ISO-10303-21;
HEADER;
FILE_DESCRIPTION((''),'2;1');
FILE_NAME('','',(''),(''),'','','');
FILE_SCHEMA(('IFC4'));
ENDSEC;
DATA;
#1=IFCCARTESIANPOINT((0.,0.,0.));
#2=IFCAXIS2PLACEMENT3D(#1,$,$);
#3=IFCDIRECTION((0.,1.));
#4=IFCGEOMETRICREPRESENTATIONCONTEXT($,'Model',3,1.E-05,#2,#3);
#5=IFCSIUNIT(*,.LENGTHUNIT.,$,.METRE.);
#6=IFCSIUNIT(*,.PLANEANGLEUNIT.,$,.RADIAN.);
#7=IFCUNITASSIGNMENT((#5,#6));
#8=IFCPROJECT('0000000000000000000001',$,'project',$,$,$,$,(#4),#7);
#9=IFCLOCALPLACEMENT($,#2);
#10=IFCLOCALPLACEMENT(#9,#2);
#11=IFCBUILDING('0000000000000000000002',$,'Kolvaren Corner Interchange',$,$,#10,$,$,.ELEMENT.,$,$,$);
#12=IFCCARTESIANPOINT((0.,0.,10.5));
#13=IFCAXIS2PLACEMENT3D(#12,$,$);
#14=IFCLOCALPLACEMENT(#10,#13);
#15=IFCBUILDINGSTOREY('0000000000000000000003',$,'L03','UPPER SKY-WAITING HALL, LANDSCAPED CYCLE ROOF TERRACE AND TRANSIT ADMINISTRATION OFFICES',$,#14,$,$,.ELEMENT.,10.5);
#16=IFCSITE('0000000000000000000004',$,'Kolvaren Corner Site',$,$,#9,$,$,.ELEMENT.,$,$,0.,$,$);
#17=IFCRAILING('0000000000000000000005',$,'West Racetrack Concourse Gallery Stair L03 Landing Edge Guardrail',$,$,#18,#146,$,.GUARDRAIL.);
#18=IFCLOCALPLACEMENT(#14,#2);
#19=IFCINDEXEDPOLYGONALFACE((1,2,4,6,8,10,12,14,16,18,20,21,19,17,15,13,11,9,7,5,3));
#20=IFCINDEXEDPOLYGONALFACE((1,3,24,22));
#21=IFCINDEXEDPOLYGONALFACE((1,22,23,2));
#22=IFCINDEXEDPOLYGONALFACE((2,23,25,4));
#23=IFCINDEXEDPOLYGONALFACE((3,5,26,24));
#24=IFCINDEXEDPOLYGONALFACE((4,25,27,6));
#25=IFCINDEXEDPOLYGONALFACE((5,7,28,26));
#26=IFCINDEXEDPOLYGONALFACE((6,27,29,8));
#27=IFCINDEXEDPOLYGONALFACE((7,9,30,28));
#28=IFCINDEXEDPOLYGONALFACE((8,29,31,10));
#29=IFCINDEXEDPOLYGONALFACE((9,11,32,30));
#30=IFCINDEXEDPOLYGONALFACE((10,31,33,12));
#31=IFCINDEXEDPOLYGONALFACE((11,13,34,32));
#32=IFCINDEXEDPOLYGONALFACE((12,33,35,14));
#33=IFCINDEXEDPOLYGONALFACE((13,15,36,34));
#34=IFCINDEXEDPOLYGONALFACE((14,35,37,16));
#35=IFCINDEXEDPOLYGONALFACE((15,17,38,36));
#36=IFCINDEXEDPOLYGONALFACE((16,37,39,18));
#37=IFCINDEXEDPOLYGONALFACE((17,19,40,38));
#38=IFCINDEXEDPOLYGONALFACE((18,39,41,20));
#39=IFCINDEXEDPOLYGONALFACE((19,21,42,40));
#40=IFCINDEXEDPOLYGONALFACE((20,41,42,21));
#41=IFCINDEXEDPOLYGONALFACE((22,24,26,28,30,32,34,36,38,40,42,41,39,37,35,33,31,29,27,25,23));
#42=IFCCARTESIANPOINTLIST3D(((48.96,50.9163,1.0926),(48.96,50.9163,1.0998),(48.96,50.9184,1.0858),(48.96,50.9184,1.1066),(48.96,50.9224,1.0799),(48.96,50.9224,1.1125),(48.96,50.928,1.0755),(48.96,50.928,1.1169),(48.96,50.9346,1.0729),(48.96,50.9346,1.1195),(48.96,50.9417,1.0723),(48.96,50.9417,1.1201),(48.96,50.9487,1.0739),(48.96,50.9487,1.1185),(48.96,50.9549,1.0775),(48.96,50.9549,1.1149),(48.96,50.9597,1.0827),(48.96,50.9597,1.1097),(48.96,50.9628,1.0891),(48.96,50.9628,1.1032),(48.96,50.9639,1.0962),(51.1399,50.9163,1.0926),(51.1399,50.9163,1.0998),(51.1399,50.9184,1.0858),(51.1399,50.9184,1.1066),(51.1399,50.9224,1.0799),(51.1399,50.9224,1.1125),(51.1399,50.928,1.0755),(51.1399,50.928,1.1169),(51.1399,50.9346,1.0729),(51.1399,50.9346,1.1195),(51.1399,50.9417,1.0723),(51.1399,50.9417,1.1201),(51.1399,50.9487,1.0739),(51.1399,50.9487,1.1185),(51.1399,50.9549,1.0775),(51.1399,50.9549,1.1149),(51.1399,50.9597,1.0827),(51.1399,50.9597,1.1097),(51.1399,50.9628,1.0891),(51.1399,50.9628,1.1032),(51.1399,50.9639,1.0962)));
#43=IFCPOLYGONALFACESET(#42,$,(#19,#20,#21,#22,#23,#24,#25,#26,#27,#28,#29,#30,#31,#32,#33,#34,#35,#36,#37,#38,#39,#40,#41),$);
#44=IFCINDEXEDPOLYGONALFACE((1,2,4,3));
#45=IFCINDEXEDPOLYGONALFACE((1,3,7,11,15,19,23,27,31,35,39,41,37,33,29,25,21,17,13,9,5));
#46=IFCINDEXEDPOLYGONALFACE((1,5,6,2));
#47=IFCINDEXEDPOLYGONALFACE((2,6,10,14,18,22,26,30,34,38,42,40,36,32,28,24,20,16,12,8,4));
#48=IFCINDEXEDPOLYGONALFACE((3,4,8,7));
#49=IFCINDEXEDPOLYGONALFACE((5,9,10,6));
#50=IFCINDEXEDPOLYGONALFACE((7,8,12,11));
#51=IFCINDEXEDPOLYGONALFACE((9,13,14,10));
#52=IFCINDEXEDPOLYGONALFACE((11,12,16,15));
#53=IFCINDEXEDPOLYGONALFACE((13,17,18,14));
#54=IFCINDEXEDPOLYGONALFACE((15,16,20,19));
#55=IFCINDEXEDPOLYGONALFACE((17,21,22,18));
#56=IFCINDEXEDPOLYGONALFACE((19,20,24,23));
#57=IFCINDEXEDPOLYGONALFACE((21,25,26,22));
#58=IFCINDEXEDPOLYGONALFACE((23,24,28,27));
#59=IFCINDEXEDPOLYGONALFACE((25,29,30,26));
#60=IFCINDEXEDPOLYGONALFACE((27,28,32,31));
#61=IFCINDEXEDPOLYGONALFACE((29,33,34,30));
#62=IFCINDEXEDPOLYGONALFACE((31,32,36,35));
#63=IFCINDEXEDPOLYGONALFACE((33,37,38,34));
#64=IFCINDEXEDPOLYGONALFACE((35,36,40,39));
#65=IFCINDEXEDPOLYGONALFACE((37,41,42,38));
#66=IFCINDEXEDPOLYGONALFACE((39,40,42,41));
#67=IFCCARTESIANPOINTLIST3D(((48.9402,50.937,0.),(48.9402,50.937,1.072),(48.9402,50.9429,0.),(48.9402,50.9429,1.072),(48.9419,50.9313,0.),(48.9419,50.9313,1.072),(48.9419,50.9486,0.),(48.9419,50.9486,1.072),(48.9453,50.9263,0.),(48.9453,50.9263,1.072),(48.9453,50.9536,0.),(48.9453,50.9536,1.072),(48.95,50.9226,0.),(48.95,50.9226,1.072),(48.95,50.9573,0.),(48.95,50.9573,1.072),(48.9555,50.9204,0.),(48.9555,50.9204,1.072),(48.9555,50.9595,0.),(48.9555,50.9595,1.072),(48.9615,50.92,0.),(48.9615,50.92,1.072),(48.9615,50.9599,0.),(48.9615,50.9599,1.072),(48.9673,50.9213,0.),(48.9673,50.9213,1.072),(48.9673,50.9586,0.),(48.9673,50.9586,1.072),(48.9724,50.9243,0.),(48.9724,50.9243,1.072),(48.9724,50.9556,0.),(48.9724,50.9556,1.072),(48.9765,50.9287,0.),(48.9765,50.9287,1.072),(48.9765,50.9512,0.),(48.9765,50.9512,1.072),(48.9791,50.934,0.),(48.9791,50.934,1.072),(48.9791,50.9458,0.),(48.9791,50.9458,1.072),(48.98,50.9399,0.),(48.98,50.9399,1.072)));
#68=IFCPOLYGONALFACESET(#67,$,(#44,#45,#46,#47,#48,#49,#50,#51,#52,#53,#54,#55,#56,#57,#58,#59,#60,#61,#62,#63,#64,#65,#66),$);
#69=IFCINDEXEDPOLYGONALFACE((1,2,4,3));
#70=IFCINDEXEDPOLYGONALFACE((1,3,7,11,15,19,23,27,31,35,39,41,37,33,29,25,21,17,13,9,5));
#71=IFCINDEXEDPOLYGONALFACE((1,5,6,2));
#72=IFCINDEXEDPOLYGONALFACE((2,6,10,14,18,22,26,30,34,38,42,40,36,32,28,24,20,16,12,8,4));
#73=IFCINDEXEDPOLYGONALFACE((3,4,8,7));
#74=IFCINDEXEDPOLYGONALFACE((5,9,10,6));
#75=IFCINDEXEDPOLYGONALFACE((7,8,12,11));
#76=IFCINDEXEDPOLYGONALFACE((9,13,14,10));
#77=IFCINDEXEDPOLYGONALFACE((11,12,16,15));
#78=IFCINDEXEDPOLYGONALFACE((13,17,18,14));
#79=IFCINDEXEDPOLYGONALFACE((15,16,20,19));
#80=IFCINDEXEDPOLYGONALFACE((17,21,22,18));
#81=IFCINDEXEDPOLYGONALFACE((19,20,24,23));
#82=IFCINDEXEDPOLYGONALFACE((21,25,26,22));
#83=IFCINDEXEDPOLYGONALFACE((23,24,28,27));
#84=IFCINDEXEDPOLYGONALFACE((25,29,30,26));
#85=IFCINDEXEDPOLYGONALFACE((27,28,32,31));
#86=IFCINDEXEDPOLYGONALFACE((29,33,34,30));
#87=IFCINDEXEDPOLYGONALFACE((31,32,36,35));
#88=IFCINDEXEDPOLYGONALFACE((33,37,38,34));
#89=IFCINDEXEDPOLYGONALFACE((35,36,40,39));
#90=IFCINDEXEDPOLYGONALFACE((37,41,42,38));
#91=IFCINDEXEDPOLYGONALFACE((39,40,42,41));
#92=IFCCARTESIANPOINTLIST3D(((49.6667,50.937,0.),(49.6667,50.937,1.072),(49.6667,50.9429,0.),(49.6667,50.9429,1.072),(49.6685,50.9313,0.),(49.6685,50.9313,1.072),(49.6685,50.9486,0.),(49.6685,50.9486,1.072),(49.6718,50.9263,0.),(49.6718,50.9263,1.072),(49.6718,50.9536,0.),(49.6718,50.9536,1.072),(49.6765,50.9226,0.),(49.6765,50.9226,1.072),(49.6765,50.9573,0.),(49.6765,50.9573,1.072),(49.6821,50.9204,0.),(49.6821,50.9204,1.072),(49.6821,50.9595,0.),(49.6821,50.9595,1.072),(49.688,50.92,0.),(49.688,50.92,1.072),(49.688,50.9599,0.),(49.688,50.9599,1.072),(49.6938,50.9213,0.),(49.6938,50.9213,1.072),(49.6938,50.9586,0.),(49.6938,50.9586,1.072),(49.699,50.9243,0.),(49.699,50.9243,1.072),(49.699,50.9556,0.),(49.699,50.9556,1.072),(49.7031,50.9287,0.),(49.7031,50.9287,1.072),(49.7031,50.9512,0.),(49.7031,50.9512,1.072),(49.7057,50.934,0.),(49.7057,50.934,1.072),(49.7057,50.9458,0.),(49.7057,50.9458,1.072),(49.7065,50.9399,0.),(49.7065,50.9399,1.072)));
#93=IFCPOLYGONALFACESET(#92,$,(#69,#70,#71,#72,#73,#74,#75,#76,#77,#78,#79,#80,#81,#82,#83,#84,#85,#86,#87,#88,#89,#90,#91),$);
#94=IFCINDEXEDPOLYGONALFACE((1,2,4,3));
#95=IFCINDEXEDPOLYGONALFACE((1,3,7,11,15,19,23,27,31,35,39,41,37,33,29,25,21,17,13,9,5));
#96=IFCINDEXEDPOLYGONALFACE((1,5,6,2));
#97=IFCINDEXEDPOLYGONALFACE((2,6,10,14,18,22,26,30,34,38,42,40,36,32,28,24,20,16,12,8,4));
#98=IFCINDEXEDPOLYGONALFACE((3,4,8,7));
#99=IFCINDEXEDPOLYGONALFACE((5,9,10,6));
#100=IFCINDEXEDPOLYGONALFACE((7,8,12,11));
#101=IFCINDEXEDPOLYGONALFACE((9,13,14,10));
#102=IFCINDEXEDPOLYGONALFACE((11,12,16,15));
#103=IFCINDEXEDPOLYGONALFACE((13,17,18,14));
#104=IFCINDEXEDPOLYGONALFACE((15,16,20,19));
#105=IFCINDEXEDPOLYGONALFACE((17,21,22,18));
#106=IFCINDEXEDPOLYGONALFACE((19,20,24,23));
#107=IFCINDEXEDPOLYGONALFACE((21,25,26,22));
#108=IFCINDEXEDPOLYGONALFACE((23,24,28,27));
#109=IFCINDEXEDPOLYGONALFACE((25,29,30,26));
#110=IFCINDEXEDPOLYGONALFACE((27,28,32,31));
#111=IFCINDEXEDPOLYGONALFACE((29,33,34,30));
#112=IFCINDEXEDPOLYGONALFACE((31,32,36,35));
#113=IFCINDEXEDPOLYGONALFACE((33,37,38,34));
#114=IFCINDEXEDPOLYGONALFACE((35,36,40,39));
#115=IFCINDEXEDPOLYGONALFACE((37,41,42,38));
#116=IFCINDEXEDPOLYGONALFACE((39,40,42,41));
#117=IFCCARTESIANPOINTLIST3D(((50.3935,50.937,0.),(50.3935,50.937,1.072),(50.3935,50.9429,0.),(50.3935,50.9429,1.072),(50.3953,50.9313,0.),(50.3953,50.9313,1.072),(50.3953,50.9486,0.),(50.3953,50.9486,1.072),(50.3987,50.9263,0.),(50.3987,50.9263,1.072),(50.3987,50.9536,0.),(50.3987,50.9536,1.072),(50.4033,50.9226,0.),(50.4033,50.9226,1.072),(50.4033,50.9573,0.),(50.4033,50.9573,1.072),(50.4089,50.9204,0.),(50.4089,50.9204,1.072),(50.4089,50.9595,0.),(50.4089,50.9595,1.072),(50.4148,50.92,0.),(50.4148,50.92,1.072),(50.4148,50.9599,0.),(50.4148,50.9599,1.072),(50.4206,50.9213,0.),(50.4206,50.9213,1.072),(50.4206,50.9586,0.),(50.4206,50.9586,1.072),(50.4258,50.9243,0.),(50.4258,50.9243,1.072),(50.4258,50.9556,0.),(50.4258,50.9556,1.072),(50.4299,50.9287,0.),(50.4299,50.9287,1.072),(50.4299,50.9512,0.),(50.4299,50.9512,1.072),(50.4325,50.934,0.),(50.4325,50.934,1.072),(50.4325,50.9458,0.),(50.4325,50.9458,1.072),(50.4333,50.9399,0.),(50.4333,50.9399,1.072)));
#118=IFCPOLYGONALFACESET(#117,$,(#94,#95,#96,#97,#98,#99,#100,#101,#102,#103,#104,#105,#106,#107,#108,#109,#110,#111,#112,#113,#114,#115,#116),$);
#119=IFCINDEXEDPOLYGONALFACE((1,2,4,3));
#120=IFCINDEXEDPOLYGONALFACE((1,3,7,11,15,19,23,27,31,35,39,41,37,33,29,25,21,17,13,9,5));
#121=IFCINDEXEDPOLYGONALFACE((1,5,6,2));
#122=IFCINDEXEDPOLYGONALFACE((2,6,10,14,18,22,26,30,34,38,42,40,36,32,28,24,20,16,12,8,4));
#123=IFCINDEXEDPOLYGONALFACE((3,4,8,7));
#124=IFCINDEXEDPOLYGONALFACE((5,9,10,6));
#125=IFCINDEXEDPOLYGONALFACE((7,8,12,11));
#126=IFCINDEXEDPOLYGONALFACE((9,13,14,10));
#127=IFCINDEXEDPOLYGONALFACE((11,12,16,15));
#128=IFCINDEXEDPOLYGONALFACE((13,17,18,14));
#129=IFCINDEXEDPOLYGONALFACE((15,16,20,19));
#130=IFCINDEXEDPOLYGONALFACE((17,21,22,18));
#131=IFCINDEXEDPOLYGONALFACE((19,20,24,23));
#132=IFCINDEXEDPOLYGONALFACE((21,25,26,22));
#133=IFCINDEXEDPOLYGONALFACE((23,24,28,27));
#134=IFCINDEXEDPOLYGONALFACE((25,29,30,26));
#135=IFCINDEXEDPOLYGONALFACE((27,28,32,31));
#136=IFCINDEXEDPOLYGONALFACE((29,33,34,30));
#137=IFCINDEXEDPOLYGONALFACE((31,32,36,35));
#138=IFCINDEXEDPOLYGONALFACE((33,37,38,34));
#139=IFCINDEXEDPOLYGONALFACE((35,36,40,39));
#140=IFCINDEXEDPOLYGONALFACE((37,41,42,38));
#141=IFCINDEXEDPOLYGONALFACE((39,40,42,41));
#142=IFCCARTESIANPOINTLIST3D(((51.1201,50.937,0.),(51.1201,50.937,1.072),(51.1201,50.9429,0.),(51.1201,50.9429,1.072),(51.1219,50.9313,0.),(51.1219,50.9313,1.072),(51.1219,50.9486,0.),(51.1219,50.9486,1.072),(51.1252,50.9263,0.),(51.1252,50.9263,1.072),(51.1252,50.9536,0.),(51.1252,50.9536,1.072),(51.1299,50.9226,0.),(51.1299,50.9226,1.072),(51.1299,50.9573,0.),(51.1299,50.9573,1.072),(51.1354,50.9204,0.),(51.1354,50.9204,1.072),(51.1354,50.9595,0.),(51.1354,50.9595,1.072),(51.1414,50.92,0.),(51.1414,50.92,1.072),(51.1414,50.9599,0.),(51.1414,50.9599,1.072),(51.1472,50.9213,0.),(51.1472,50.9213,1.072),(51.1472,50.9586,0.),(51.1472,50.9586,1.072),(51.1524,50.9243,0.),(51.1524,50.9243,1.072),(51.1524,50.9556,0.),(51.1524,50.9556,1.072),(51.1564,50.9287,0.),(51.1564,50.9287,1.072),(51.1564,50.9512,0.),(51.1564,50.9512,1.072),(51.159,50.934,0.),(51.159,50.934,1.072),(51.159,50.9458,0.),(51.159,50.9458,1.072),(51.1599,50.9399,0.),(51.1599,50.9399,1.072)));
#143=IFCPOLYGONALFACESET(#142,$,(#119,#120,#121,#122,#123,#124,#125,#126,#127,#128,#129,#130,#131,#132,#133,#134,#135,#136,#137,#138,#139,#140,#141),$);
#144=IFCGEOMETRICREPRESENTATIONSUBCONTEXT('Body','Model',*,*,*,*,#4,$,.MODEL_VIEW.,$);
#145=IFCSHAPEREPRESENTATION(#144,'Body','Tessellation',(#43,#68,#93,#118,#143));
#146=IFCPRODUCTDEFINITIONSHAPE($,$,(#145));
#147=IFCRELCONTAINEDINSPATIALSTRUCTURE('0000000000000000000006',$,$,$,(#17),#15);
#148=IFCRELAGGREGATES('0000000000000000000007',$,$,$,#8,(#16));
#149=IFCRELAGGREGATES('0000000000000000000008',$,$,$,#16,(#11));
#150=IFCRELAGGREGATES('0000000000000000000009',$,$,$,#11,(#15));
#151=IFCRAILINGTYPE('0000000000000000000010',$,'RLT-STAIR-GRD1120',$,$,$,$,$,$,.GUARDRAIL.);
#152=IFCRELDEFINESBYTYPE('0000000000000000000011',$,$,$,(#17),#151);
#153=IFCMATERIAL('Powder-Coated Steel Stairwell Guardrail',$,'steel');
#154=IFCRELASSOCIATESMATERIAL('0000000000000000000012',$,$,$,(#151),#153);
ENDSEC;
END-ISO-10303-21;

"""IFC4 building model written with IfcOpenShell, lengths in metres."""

from ifc_helpers import new_model, si_unit, direction, frame, origin, origin_2d, place, context, subcontext, project, spatial, circle, extrude, material, type_object, element, save


model = new_model("IFC4")

# Units and contexts
model_context = context("Model", 3, precision=1e-05, world=origin(), true_north=direction((0.0, 1.0)))
body_context = subcontext(model_context, "Body", "Model", "MODEL_VIEW")
ifc_project = project(units=[si_unit("LENGTHUNIT", "METRE"), si_unit("PLANEANGLEUNIT", "RADIAN")], contexts=[model_context])

# Site, building, storey
site_placement = place(None, origin())
site = spatial("IfcSite", under=ifc_project, at=site_placement, Name="Kolvaren Corner Site", CompositionType="ELEMENT", RefElevation=0.0)
building_placement = place(site_placement, origin())
building = spatial("IfcBuilding", under=site, at=building_placement, Name="Kolvaren Corner Interchange", CompositionType="ELEMENT")
storey_placement = place(building_placement, frame((0.0, 0.0, 10.5)))
storey = spatial("IfcBuildingStorey", under=building, at=storey_placement, Name="L03", Description="UPPER SKY-WAITING HALL, LANDSCAPED CYCLE ROOF TERRACE AND TRANSIT ADMINISTRATION OFFICES", CompositionType="ELEMENT", Elevation=10.5)

# Railing
ifc_material_1 = material(Name="Powder-Coated Steel Stairwell Guardrail", Category="steel")
railing_type = type_object("IfcRailingType", Name="RLT-STAIR-GRD1120", PredefinedType="GUARDRAIL", material=ifc_material_1)
railing_placement = place(storey_placement, frame((48.96, 50.9399, 0.0)))
element("IfcRailing", 1, at=railing_placement, inside=storey, type_object=railing_type, Name="West Racetrack Concourse Gallery Stair L03 Landing Edge Guardrail", PredefinedType="GUARDRAIL", context=body_context, shape_type="SweptSolid", body=[
    extrude(circle(Radius=0.0239, at=origin_2d()), frame((0.0, 0.0, 1.0962), z_axis=(1.0, 0.0, 0.0), x_axis=(0.0, 1.0, 0.0)), (0.0, 0.0, 1.0), 2.1799),
    extrude(circle(Radius=0.02, at=origin_2d()), origin(), (0.0, 0.0, 1.0), 1.072),
    extrude(circle(Radius=0.02, at=origin_2d()), frame((0.7266, 0.0, 0.0)), (0.0, 0.0, 1.0), 1.072),
    extrude(circle(Radius=0.02, at=origin_2d()), frame((1.4534, 0.0, 0.0)), (0.0, 0.0, 1.0), 1.072),
    extrude(circle(Radius=0.02, at=origin_2d()), frame((2.1799, 0.0, 0.0)), (0.0, 0.0, 1.0), 1.072),
])

save(model, "model.ifc")
